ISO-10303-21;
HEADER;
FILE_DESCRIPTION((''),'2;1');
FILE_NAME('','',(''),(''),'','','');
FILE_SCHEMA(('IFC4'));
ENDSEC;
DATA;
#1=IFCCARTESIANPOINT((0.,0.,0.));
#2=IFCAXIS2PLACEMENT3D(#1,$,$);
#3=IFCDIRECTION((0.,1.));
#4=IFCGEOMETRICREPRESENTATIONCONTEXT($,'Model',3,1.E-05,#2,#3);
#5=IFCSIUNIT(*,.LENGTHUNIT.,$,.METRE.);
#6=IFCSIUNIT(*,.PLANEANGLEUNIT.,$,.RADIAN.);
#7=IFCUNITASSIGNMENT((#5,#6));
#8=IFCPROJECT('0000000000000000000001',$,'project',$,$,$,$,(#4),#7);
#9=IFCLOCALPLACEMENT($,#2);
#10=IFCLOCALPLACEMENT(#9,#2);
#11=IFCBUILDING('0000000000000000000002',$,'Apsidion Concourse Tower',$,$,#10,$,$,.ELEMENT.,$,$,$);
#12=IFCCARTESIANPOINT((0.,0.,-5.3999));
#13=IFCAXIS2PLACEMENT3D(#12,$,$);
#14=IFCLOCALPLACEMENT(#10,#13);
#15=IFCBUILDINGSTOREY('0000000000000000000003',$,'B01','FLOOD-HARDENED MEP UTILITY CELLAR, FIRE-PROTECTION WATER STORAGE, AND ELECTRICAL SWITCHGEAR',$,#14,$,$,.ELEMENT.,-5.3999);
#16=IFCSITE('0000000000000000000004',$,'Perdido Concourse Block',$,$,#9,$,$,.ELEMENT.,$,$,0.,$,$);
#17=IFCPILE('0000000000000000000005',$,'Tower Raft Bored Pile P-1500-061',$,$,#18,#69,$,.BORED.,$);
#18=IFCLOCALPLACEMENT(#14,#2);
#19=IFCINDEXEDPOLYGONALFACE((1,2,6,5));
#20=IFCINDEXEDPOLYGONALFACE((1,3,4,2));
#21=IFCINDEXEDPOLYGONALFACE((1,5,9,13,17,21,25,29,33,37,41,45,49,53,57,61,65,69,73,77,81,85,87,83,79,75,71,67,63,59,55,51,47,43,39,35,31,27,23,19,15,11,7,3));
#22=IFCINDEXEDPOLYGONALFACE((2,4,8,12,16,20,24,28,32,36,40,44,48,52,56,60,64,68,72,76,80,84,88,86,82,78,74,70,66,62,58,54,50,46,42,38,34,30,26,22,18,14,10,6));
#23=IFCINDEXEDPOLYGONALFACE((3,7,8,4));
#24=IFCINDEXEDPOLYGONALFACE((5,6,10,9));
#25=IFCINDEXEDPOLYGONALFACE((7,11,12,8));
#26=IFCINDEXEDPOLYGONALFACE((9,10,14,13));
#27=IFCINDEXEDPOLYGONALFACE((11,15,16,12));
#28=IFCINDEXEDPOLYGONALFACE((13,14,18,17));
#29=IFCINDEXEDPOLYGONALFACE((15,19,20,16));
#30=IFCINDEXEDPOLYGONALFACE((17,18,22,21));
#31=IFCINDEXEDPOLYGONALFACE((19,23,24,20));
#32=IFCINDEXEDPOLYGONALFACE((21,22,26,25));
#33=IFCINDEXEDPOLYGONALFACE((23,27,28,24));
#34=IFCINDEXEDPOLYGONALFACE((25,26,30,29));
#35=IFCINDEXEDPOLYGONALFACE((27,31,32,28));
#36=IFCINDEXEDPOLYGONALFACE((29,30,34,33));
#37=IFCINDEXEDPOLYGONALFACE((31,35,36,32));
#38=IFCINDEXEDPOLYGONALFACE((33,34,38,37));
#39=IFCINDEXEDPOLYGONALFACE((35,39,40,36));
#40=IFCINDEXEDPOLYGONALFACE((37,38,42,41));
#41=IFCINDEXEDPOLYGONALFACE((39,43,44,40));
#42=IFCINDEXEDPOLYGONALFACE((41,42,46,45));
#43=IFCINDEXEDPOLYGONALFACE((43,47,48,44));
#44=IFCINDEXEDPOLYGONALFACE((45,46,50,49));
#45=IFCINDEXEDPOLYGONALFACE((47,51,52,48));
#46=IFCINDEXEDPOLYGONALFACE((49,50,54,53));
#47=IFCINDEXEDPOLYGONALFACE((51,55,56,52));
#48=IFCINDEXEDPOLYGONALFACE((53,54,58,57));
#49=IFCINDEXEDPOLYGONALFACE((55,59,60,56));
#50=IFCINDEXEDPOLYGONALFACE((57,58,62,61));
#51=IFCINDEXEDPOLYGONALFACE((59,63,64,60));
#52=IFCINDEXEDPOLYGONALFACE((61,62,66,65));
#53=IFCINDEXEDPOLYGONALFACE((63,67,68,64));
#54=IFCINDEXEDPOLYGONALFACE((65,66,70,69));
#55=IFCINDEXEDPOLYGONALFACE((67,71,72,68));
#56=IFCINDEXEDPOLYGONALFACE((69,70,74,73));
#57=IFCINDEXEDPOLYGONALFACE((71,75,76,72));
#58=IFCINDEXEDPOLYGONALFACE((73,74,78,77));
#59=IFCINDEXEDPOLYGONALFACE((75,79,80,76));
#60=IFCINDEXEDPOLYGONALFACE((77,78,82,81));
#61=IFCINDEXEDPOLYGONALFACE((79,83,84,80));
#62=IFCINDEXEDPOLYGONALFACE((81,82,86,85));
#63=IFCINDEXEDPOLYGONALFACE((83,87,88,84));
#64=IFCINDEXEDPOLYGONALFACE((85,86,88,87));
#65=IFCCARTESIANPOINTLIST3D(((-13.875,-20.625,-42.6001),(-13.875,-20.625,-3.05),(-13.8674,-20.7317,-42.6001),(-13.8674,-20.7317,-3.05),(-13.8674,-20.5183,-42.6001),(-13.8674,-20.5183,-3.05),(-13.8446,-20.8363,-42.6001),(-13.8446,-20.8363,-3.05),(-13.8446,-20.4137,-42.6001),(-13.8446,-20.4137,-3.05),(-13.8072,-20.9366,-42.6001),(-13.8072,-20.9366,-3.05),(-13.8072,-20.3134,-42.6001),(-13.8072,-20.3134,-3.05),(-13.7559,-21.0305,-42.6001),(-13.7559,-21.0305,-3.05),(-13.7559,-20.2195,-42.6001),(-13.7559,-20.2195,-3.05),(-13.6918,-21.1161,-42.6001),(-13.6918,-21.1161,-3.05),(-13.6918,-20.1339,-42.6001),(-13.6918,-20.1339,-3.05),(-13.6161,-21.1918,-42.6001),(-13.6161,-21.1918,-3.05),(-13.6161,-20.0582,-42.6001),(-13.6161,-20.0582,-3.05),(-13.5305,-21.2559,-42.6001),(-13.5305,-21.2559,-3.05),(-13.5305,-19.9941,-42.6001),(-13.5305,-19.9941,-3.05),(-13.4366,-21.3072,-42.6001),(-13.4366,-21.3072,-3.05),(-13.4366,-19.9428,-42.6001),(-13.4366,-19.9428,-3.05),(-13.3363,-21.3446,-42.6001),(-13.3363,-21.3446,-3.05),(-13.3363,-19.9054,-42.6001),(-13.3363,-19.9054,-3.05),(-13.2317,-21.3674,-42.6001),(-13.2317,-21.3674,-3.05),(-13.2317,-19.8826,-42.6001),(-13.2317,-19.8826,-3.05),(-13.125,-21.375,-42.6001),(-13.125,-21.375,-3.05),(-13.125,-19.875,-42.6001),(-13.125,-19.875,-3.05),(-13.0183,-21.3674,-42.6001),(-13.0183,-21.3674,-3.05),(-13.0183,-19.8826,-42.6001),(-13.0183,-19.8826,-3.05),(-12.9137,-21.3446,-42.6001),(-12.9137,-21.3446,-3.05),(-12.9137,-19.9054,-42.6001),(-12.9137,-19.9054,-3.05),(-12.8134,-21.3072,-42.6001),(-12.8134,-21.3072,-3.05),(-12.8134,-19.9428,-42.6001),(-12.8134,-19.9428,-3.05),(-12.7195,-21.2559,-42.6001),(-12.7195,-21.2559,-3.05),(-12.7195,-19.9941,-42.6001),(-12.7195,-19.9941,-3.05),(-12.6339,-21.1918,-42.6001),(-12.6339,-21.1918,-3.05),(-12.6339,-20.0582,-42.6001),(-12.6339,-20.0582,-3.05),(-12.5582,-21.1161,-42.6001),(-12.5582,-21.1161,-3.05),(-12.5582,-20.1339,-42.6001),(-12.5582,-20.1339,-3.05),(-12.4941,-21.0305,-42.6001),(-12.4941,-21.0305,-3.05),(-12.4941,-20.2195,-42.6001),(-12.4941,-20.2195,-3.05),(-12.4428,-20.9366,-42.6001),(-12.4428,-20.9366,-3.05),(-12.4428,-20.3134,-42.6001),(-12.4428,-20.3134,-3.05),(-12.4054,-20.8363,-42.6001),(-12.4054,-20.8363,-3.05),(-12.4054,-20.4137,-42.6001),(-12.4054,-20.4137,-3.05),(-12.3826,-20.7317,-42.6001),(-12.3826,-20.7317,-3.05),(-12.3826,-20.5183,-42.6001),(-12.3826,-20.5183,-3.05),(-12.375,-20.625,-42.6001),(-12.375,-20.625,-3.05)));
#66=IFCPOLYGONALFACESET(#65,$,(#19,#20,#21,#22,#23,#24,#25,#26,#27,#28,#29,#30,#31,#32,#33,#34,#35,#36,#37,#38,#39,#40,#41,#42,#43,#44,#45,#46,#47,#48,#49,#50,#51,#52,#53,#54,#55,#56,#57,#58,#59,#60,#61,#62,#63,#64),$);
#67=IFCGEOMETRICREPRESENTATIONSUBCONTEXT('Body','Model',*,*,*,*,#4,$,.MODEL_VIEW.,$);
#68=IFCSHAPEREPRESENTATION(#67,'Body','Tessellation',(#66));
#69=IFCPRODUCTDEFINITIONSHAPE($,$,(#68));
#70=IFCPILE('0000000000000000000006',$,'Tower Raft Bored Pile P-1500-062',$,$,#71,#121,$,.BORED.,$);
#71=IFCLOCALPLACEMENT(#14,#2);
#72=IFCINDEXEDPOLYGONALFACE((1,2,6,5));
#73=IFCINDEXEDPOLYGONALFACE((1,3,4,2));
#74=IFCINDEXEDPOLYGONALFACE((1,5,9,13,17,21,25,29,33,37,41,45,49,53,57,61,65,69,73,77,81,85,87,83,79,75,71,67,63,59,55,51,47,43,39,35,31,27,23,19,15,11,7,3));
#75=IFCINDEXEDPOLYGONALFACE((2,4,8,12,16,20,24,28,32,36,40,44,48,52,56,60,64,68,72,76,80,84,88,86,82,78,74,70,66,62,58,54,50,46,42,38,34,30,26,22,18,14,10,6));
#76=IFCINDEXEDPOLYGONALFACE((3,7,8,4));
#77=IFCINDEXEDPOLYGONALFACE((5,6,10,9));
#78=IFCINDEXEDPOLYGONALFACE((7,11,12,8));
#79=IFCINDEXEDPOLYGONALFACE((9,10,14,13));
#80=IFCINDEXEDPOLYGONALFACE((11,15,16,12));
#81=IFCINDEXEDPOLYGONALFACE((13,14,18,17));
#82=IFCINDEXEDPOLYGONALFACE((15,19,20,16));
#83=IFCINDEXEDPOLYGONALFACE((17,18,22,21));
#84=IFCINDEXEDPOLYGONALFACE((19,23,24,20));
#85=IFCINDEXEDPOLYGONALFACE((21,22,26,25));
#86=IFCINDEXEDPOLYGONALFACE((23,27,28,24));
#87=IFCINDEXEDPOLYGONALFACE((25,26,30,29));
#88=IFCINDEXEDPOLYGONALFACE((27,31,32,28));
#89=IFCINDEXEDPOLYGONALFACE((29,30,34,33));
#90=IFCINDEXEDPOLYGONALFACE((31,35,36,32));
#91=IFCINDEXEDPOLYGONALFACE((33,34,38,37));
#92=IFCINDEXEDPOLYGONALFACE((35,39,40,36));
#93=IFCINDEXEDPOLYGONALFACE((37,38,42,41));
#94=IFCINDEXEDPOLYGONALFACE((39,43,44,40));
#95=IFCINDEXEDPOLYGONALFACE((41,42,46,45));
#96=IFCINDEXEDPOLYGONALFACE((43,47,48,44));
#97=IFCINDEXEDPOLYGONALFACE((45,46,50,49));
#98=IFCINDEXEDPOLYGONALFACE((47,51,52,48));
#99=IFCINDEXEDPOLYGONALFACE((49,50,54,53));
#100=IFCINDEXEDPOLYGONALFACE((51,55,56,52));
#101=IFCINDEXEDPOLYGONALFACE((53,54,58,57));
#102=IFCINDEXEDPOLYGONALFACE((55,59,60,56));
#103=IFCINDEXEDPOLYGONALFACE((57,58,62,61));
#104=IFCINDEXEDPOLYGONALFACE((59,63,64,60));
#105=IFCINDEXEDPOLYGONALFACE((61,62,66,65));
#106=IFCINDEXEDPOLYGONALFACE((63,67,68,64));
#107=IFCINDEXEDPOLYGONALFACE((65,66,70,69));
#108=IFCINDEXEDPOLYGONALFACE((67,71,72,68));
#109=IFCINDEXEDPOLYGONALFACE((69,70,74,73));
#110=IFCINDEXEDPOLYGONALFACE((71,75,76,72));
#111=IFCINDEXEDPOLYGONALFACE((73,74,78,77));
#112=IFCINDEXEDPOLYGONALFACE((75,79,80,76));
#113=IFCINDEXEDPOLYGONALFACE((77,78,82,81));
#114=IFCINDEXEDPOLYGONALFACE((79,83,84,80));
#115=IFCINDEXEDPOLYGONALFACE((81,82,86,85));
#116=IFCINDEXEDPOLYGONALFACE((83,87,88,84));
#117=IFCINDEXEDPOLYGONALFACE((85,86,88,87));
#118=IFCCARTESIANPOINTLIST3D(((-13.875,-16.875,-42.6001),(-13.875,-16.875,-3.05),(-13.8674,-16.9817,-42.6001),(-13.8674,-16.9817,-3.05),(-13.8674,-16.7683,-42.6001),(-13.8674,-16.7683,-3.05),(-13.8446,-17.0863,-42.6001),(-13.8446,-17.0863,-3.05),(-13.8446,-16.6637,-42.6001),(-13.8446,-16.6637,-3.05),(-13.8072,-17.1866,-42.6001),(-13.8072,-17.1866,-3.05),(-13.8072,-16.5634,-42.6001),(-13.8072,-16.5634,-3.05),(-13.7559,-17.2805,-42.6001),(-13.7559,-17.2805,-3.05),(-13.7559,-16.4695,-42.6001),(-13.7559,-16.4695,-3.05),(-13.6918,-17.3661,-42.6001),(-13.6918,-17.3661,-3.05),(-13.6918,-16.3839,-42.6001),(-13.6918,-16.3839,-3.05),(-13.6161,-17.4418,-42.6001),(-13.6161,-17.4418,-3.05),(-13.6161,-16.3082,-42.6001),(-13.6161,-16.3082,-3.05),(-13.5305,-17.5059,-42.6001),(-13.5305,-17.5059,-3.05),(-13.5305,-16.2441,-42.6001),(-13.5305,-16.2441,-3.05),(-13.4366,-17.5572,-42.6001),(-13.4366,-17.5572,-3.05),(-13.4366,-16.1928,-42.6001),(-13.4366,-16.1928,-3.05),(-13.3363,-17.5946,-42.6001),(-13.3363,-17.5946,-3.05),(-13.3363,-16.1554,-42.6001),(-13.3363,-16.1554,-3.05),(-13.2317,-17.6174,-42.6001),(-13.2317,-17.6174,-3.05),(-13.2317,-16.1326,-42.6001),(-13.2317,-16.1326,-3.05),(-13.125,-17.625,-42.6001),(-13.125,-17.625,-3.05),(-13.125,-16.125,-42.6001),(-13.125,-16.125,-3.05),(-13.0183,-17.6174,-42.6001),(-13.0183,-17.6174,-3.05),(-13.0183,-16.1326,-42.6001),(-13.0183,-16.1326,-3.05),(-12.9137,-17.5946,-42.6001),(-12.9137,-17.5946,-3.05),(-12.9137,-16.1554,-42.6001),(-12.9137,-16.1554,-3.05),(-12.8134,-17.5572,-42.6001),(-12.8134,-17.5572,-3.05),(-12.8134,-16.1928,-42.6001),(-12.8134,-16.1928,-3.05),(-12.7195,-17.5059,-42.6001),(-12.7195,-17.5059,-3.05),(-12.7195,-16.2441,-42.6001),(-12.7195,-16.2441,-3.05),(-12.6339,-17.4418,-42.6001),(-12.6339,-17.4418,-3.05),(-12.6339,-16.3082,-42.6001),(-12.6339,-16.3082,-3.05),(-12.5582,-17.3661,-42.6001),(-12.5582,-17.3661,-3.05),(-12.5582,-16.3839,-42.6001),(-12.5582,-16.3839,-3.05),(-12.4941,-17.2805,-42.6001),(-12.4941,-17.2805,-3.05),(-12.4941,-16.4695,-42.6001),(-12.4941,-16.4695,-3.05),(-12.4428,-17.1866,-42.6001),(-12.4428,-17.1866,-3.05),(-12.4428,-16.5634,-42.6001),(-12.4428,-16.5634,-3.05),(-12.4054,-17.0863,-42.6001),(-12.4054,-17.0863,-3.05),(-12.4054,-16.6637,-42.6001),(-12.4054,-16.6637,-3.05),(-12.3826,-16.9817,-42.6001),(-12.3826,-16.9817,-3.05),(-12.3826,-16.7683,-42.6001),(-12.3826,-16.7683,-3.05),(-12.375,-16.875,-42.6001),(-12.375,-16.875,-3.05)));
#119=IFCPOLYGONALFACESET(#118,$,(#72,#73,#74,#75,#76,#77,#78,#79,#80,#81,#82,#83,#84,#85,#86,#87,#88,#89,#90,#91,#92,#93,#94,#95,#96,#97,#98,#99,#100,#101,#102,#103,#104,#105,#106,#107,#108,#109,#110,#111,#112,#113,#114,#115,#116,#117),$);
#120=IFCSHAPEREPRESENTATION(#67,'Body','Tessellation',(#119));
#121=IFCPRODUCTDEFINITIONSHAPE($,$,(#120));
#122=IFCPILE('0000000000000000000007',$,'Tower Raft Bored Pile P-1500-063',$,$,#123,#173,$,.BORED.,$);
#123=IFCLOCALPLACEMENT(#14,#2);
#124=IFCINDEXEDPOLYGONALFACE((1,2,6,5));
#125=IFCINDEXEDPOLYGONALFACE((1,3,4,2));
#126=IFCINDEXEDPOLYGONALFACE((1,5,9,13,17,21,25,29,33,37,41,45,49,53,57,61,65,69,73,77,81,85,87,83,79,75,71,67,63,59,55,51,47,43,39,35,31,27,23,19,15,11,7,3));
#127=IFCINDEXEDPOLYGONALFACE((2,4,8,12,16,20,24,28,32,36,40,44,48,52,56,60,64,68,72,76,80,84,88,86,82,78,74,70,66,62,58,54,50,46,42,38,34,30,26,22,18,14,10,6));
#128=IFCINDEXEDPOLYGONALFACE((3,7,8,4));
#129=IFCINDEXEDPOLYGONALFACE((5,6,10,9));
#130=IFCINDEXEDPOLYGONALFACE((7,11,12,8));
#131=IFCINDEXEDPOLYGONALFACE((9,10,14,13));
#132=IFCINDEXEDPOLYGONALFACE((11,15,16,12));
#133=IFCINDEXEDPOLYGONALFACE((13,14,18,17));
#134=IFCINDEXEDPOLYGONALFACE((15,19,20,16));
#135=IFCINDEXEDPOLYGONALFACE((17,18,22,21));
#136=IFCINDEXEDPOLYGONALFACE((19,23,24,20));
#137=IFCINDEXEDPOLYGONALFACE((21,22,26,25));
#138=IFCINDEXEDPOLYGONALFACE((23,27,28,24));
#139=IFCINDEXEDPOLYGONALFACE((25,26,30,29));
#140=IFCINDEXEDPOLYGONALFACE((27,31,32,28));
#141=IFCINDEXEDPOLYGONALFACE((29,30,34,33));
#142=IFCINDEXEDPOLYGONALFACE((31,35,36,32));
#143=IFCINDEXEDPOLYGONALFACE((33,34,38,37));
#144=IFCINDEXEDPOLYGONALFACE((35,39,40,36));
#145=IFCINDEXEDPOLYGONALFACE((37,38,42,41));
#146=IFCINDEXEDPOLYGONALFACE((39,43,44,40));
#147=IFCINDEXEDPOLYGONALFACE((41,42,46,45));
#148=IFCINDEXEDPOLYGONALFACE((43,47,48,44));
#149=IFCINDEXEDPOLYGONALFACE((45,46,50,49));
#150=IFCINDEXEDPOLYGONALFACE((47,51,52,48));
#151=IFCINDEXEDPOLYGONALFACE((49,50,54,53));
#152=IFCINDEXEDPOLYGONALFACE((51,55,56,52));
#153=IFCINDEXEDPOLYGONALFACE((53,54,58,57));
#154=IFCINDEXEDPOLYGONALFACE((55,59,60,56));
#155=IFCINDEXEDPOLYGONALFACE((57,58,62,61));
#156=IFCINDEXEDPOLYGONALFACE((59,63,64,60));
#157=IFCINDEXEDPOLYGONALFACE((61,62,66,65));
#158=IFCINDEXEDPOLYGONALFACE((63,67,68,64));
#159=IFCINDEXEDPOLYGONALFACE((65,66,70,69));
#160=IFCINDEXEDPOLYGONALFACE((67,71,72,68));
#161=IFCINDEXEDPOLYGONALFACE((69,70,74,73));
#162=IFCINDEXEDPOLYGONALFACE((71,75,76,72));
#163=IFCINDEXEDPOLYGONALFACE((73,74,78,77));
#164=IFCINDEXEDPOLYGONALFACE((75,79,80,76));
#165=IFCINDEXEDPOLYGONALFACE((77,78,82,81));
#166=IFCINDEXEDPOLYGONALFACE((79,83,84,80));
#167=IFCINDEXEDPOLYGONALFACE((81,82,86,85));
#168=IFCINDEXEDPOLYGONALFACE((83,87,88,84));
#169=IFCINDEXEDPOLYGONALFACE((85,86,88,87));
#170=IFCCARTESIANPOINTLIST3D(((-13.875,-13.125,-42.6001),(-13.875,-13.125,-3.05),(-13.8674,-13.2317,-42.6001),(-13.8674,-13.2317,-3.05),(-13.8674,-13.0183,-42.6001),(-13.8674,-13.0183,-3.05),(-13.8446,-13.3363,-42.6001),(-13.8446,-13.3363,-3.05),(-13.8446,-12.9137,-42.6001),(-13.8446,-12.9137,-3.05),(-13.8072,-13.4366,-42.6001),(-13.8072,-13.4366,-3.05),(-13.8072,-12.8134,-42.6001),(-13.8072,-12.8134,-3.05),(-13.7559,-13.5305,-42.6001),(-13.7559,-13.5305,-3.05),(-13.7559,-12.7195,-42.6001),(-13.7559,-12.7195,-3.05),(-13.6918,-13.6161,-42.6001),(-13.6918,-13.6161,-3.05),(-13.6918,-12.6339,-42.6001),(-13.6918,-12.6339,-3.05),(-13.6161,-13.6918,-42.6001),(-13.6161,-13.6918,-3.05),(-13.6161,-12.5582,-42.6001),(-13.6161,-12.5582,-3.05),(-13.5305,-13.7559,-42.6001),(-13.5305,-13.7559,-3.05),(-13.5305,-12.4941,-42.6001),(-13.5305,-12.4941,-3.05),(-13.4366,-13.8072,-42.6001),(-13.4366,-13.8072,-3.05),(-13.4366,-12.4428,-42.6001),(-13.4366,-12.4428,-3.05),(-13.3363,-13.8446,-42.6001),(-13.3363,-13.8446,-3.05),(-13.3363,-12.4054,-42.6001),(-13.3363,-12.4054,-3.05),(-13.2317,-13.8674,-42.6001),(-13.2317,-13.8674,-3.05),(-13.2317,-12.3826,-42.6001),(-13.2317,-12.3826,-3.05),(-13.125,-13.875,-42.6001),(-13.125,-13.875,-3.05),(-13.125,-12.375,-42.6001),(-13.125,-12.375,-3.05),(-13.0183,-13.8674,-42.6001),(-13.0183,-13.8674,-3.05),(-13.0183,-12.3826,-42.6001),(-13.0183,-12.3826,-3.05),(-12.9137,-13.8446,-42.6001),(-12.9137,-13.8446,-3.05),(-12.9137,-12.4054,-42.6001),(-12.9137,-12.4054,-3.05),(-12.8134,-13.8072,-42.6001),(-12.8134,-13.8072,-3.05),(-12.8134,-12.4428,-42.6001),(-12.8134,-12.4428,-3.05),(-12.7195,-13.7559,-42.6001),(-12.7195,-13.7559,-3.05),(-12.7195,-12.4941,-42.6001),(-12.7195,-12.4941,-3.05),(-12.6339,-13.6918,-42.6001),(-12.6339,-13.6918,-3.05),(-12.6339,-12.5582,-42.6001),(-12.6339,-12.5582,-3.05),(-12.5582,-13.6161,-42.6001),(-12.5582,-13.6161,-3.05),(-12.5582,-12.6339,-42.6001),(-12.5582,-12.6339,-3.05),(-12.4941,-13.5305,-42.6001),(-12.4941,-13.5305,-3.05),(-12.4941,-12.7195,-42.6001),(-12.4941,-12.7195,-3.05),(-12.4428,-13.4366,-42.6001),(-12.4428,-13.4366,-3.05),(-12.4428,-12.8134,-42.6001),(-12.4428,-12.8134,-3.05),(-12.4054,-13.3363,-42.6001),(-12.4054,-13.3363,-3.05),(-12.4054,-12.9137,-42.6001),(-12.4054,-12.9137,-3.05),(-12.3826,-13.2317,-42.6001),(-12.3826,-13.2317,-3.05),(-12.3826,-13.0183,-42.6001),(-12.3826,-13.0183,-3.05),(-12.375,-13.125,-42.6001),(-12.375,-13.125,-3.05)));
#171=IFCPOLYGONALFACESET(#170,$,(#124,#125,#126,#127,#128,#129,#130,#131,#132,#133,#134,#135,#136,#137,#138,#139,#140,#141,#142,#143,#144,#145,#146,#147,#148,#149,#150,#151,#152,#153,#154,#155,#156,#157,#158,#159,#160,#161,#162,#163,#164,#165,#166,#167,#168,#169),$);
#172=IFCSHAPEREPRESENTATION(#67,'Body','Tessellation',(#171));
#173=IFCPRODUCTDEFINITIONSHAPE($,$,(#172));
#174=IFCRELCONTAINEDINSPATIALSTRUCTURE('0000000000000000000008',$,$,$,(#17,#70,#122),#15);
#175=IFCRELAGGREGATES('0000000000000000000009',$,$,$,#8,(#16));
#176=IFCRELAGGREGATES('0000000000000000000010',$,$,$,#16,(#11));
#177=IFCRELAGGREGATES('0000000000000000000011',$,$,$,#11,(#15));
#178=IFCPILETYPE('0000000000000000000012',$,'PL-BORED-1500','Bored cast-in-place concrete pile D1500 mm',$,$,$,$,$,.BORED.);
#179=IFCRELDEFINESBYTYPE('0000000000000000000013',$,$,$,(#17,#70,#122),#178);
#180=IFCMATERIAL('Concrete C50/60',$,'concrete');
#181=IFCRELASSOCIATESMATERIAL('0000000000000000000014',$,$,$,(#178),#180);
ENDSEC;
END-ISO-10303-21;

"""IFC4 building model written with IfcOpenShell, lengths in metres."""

from ifc_helpers import new_model, si_unit, direction, frame, origin, origin_2d, place, context, subcontext, project, spatial, circle, extrude, material, material_profile, profile_set, type_object, element, save


model = new_model("IFC4")

# Units and contexts
model_context = context("Model", 3, precision=1e-05, world=origin(), true_north=direction((0.0, 1.0)))
body_context = subcontext(model_context, "Body", "Model", "MODEL_VIEW")
ifc_project = project(units=[si_unit("LENGTHUNIT", "METRE"), si_unit("PLANEANGLEUNIT", "RADIAN")], contexts=[model_context])

# Site, building, storey
site_placement = place(None, origin())
site = spatial("IfcSite", under=ifc_project, at=site_placement, Name="Perdido Concourse Block", CompositionType="ELEMENT", RefElevation=0.0)
building_placement = place(site_placement, origin())
building = spatial("IfcBuilding", under=site, at=building_placement, Name="Apsidion Concourse Tower", CompositionType="ELEMENT")
storey_placement = place(building_placement, frame((0.0, 0.0, -5.3999)))
storey = spatial("IfcBuildingStorey", under=building, at=storey_placement, Name="B01", Description="FLOOD-HARDENED MEP UTILITY CELLAR, FIRE-PROTECTION WATER STORAGE, AND ELECTRICAL SWITCHGEAR", CompositionType="ELEMENT", Elevation=-5.3999)

# Shared definitions
ifc_material_1 = material(Name="Concrete C50/60", Category="concrete")

# Piles
ifc_material_profile_1 = material_profile(ifc_material_1, circle(Radius=0.75, at=origin_2d()), Name="BORED PILE D1500")
ifc_profile_set_1 = profile_set([ifc_material_profile_1], Name="Concrete C50/60")
pile_type_1 = type_object("IfcPileType", Name="PL-BORED-1500", Description="Bored cast-in-place concrete pile D1500 mm", PredefinedType="BORED", material=ifc_profile_set_1)
for number, where, z_axis, x_axis, name in (
    (1, (-13.125, -20.625, -3.05), (0.0, 0.0, -1.0), (1.0, 0.0, 0.0), "Tower Raft Bored Pile P-1500-061"),
    (2, (-13.125, -16.875, -3.05), (0.0, 0.0, -1.0), (1.0, 0.0, 0.0), "Tower Raft Bored Pile P-1500-062"),
    (3, (-13.125, -13.125, -3.05), (0.0, 0.0, -1.0), (1.0, 0.0, 0.0), "Tower Raft Bored Pile P-1500-063"),
):
    element("IfcPile", number, at=place(storey_placement, frame(where, z_axis=z_axis, x_axis=x_axis)), inside=storey, type_object=pile_type_1, Name=name, PredefinedType="BORED", context=body_context, shape_type="SweptSolid", body=[
        extrude(circle(Radius=0.75, at=origin_2d()), origin(), (0.0, 0.0, 1.0), 39.55),
    ])

save(model, "model.ifc")
